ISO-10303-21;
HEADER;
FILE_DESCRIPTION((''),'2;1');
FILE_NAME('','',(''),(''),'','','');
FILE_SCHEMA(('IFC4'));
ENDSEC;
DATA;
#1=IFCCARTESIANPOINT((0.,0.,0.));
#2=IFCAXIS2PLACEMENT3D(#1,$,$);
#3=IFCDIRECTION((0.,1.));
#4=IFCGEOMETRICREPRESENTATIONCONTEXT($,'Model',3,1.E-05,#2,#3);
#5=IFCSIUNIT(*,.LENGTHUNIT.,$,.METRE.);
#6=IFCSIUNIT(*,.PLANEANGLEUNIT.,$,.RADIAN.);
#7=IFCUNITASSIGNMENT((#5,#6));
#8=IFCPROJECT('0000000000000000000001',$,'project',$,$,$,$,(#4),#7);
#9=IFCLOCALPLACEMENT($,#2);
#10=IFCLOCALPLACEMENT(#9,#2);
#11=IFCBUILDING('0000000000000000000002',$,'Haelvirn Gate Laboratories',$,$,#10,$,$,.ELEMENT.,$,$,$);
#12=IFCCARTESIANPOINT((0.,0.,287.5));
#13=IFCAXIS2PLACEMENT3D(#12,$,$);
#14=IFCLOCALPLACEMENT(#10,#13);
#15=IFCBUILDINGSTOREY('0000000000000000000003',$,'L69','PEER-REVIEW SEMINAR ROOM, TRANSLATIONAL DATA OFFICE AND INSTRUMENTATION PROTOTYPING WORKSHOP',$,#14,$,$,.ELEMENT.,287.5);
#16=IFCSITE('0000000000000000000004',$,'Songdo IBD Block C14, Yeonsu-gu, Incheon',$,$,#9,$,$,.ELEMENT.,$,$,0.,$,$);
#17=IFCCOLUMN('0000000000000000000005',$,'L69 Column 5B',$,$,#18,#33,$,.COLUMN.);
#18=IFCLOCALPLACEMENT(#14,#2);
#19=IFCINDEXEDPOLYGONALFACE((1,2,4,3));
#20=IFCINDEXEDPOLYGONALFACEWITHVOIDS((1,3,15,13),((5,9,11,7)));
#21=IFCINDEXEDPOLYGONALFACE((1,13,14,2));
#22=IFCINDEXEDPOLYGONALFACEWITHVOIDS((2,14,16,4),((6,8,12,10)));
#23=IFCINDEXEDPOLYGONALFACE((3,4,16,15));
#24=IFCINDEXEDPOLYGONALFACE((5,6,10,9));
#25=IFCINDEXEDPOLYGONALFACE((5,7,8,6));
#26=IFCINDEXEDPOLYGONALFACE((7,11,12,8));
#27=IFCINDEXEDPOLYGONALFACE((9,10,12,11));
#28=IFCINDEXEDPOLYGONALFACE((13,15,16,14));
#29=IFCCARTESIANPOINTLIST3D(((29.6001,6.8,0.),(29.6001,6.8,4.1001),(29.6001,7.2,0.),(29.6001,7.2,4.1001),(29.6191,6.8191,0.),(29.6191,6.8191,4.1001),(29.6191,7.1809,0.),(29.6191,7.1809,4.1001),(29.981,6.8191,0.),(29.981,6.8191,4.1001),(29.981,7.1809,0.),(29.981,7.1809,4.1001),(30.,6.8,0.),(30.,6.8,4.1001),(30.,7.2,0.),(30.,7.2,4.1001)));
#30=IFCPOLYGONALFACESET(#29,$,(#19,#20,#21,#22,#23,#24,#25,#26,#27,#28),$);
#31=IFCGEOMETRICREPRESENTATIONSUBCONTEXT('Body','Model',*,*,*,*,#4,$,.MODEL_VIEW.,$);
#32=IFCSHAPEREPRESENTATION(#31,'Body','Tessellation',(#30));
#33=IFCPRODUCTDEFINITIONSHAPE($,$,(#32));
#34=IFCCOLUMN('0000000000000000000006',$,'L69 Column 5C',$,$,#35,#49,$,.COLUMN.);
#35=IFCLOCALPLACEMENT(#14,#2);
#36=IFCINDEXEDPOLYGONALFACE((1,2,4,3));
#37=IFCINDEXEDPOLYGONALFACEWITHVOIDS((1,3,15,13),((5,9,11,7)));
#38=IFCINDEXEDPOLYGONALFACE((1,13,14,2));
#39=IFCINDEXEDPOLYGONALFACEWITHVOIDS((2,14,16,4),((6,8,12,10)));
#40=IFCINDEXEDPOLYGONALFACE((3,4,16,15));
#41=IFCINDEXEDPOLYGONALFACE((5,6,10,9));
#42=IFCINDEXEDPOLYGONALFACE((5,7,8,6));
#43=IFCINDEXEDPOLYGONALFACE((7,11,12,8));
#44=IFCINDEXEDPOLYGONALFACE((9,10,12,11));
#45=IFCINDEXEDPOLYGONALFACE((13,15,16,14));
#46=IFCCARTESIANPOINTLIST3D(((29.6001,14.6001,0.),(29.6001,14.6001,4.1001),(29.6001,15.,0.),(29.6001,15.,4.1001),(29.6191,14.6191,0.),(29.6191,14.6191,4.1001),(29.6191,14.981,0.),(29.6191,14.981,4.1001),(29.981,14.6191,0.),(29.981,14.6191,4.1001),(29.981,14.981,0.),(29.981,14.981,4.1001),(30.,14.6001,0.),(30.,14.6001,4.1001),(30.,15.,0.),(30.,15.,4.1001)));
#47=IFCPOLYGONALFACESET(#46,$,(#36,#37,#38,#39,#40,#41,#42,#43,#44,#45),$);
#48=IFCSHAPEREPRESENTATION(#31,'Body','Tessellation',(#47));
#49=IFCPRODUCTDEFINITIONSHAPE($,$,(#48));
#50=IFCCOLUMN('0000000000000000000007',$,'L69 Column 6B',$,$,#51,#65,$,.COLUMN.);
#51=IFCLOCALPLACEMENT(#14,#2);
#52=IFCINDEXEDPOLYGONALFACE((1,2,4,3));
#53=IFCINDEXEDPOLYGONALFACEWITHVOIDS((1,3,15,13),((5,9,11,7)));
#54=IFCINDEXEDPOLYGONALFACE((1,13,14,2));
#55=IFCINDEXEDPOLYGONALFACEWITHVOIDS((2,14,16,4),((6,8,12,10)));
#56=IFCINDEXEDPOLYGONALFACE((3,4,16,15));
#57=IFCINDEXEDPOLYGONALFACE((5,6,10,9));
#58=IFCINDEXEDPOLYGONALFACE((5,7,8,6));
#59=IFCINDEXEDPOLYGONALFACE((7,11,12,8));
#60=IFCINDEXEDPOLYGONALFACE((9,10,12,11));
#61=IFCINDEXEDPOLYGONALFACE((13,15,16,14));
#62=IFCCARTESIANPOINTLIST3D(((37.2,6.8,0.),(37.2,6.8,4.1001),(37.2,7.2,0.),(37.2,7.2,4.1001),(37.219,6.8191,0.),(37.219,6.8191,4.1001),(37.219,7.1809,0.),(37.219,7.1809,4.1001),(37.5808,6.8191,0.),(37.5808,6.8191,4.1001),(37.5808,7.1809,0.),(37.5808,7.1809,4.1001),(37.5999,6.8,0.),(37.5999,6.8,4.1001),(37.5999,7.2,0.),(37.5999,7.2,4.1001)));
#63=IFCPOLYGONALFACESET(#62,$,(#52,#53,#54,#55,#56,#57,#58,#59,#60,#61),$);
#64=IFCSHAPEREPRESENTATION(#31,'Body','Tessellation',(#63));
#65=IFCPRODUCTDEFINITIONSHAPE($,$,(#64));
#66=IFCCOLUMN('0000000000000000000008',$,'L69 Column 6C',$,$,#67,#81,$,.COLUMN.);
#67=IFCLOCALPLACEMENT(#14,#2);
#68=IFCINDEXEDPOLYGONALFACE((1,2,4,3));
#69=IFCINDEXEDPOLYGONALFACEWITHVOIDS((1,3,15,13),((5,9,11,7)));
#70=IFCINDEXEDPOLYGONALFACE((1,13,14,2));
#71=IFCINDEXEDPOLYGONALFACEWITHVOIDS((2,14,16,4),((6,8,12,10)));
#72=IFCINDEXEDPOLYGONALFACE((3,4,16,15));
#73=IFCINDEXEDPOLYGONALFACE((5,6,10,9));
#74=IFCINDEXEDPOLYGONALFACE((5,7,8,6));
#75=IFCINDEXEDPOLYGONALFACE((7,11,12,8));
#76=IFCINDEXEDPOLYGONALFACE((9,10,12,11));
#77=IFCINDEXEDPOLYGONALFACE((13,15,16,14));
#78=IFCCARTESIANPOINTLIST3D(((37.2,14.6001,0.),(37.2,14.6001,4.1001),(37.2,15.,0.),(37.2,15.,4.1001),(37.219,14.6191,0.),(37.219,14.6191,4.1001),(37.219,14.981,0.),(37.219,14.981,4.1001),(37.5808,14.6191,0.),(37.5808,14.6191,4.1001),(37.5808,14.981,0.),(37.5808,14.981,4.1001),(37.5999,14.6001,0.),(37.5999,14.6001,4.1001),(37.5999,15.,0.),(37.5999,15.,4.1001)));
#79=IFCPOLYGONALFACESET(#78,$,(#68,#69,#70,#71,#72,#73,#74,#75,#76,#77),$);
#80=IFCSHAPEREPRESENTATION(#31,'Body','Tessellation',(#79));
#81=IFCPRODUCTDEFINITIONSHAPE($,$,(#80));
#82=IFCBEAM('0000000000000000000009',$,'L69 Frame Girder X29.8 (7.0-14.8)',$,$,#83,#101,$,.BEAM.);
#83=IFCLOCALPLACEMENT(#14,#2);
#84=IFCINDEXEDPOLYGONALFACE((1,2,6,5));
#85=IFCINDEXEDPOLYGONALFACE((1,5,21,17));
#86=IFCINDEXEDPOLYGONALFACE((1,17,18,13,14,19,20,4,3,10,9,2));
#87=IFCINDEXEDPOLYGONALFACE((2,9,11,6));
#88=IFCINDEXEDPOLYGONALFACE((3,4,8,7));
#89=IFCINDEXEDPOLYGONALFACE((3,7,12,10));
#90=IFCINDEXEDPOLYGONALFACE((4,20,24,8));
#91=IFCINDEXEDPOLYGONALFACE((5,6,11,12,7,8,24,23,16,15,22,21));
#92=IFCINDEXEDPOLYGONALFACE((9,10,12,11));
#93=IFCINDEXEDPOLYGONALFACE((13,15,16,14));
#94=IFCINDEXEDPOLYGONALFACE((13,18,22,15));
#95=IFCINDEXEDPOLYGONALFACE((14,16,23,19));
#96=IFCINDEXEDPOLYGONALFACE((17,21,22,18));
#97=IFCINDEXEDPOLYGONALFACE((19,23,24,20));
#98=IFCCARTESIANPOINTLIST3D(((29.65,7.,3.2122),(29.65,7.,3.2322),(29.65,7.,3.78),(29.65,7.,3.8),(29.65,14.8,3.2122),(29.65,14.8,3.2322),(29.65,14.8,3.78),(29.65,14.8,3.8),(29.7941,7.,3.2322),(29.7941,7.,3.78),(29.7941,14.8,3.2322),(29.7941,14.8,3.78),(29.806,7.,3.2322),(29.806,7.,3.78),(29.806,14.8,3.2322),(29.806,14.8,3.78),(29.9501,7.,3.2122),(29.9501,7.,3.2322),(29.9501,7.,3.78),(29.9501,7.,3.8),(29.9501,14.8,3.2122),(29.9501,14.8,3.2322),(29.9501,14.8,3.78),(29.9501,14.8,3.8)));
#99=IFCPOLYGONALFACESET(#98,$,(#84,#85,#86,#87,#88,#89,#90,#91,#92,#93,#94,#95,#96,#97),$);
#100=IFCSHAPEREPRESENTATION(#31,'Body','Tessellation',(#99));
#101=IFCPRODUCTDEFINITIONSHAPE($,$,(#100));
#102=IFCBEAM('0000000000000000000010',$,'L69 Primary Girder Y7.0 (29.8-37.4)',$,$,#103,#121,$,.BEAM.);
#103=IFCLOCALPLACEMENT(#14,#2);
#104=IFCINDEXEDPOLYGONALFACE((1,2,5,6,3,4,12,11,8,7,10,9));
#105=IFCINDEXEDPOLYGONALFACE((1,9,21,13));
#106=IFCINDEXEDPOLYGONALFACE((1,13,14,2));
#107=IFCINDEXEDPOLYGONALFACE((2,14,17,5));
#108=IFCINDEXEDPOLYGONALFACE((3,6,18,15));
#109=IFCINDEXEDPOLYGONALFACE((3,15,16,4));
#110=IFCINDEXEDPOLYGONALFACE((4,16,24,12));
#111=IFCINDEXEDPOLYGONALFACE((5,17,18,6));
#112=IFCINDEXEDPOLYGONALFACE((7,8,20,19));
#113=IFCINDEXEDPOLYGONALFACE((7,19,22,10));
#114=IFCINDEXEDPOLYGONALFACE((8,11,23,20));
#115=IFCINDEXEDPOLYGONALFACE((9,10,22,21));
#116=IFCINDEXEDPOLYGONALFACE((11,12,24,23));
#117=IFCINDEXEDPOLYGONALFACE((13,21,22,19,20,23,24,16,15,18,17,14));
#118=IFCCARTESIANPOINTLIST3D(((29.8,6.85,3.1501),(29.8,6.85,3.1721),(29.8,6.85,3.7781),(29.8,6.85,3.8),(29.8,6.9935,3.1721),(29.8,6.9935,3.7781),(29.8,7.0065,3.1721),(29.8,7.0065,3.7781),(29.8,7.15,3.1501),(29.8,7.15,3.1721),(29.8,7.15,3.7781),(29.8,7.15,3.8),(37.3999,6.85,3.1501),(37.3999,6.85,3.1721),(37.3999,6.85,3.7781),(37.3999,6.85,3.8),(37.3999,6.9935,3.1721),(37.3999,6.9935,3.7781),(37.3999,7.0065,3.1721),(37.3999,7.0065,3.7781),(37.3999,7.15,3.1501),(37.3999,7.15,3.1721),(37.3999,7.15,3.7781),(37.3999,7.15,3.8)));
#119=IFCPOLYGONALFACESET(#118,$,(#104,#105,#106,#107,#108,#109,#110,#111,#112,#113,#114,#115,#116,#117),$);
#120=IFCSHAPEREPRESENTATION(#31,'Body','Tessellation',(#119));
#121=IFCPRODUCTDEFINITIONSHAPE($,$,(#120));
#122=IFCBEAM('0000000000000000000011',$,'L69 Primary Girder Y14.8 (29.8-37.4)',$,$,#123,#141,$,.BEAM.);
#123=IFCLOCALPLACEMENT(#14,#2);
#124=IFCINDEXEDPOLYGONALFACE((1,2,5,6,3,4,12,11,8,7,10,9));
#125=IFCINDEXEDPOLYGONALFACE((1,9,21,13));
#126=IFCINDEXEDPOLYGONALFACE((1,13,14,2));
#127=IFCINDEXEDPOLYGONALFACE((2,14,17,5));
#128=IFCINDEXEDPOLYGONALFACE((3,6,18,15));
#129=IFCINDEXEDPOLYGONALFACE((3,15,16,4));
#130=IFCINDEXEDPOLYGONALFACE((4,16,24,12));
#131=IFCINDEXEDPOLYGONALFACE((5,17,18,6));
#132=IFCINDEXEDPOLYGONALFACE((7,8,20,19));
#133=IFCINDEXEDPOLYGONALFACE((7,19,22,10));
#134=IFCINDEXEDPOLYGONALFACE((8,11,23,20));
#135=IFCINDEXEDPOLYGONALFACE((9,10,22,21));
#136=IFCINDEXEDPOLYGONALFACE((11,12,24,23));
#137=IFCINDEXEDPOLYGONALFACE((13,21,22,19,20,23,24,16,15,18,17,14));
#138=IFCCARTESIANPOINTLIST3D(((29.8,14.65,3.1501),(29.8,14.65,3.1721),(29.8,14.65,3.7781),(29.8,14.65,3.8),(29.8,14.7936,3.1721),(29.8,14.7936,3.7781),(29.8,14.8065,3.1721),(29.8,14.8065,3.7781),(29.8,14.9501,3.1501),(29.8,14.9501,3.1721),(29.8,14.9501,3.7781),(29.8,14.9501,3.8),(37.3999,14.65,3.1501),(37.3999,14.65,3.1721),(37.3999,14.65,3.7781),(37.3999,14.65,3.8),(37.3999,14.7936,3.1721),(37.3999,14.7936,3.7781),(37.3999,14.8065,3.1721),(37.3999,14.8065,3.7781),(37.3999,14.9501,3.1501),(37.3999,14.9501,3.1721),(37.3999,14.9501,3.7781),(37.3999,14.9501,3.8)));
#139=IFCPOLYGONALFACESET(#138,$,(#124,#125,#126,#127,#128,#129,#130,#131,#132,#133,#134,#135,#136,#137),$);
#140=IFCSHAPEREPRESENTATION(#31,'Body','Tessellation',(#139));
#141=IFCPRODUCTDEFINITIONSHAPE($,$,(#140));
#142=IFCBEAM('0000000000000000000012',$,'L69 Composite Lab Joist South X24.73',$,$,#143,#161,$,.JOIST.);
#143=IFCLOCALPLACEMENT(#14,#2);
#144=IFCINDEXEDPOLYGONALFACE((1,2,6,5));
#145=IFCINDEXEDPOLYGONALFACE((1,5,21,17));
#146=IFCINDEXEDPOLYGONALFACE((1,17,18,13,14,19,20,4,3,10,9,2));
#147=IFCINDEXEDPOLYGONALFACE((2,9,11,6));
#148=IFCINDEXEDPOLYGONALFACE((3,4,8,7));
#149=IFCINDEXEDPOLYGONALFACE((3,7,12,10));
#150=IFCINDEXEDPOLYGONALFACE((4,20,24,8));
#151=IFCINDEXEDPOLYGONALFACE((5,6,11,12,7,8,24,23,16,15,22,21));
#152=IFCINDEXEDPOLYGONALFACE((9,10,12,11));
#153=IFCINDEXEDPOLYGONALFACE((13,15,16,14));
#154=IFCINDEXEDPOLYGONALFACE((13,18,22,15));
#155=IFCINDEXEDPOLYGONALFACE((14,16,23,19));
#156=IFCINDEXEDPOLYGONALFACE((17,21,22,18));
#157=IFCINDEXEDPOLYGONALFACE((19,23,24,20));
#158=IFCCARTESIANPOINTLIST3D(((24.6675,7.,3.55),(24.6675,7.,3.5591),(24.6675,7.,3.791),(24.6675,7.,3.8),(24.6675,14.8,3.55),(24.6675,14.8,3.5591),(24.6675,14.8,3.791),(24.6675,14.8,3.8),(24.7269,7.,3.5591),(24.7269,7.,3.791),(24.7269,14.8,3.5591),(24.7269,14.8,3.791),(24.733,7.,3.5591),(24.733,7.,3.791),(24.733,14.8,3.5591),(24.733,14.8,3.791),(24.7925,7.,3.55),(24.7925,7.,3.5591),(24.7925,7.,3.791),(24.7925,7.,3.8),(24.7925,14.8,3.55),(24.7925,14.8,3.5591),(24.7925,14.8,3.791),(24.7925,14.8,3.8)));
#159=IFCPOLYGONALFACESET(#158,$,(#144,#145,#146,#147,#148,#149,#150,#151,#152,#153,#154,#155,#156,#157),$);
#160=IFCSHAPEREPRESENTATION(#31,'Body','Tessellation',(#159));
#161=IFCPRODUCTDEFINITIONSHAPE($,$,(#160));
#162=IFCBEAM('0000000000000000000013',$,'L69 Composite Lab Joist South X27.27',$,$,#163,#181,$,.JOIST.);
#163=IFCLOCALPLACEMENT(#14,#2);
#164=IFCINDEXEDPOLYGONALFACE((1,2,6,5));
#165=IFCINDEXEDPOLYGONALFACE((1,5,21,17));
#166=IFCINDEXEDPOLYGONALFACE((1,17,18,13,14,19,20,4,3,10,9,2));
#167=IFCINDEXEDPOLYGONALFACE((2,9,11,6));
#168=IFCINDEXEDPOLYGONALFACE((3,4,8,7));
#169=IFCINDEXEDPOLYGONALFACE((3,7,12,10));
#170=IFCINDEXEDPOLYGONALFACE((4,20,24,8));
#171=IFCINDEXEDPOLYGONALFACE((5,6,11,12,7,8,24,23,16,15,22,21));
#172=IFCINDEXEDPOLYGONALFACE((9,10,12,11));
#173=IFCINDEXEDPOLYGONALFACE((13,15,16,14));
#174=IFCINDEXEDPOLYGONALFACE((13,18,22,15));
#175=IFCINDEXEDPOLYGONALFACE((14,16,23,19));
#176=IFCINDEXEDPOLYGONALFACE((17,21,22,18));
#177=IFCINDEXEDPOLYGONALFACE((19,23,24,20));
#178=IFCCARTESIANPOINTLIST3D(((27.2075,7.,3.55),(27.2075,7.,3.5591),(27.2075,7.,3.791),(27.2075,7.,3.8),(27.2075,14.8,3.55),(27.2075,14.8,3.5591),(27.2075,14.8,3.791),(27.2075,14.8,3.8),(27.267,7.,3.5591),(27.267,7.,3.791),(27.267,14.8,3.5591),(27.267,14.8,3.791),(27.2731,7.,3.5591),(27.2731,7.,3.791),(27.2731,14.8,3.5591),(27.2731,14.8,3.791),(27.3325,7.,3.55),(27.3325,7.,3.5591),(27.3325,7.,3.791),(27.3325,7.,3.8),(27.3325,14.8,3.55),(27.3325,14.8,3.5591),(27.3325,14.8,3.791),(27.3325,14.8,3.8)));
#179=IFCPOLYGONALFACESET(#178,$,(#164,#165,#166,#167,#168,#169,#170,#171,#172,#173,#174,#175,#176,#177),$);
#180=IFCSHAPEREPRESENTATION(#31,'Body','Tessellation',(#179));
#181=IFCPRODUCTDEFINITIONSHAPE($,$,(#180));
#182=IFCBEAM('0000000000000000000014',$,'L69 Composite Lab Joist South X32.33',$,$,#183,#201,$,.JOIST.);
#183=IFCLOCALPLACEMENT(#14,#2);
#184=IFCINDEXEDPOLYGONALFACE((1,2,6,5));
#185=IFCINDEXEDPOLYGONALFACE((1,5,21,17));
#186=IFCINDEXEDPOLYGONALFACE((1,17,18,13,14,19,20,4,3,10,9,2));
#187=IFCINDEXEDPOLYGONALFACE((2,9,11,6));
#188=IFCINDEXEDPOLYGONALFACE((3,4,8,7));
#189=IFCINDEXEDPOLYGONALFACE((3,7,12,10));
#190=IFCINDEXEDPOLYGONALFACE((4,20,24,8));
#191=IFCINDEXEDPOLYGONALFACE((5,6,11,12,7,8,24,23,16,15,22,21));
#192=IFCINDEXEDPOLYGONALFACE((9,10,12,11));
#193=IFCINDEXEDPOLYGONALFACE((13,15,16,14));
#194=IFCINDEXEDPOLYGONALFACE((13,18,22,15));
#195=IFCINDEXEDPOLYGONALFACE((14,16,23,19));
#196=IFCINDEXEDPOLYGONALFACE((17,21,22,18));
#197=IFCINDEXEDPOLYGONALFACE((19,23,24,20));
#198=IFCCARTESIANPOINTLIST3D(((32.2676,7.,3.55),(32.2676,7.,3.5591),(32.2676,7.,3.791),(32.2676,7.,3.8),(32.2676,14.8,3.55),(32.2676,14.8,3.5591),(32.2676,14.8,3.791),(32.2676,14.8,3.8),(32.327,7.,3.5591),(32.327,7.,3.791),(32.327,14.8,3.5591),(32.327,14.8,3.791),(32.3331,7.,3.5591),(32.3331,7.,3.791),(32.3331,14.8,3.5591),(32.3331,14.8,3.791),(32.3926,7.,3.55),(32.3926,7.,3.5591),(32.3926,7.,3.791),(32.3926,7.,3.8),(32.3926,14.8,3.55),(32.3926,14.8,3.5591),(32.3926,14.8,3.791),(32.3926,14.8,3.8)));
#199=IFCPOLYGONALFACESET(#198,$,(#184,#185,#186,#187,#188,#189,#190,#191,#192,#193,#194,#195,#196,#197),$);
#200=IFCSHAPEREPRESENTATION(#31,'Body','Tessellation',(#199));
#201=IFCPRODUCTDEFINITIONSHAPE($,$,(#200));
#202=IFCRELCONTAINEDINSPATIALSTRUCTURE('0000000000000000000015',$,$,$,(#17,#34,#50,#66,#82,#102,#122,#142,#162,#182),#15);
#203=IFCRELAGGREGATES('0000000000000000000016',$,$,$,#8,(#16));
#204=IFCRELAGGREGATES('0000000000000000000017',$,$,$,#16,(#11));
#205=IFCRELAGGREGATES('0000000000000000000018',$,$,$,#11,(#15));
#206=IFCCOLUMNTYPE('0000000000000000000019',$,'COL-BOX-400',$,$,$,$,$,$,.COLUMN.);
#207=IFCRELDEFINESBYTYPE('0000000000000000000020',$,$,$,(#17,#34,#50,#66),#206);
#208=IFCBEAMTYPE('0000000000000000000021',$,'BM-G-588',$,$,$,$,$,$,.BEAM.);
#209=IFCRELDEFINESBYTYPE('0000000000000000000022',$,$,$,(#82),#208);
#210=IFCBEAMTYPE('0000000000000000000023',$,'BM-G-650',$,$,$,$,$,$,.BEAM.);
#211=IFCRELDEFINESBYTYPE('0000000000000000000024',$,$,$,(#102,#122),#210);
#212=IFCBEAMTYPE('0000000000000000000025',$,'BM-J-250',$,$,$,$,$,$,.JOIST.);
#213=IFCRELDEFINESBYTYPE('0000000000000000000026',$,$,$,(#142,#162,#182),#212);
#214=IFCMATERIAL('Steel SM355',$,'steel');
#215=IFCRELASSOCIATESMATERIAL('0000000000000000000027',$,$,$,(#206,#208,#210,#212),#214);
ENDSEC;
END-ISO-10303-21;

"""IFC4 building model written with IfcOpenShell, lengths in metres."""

from ifc_helpers import new_model, si_unit, direction, frame, origin, origin_2d, place, context, subcontext, project, spatial, hollow_rectangle, i_section, extrude, source, transform, mapped, material, material_profile, profile_set, type_object, type_shapes, element, save


model = new_model("IFC4")

# Units and contexts
model_context = context("Model", 3, precision=1e-05, world=origin(), true_north=direction((0.0, 1.0)))
body_context = subcontext(model_context, "Body", "Model", "MODEL_VIEW")
ifc_project = project(units=[si_unit("LENGTHUNIT", "METRE"), si_unit("PLANEANGLEUNIT", "RADIAN")], contexts=[model_context])

# Site, building, storey
site_placement = place(None, origin())
site = spatial("IfcSite", under=ifc_project, at=site_placement, Name="Songdo IBD Block C14, Yeonsu-gu, Incheon", CompositionType="ELEMENT", RefElevation=0.0)
building_placement = place(site_placement, origin())
building = spatial("IfcBuilding", under=site, at=building_placement, Name="Haelvirn Gate Laboratories", CompositionType="ELEMENT")
storey_placement = place(building_placement, frame((0.0, 0.0, 287.5)))
storey = spatial("IfcBuildingStorey", under=building, at=storey_placement, Name="L69", Description="PEER-REVIEW SEMINAR ROOM, TRANSLATIONAL DATA OFFICE AND INSTRUMENTATION PROTOTYPING WORKSHOP", CompositionType="ELEMENT", Elevation=287.5)

# Columns
ifc_material_1 = material(Name="Steel SM355", Category="steel")
ifc_material_profile_1 = material_profile(ifc_material_1, hollow_rectangle(XDim=0.3999, YDim=0.3999, WallThickness=0.019, at=origin_2d()), Name="BOX-400x400x19")
ifc_profile_set_1 = profile_set([ifc_material_profile_1], Name="Steel SM355")
column_type = type_object("IfcColumnType", Name="COL-BOX-400", PredefinedType="COLUMN", material=ifc_profile_set_1)
shared_shape_1 = source(origin(), body_context, "Body", "SweptSolid", [
    extrude(hollow_rectangle(XDim=0.3999, YDim=0.3999, WallThickness=0.019, at=origin_2d()), origin(), (0.0, 0.0, 1.0), 4.1001),
])
type_shapes(column_type, [shared_shape_1])
for number, where, z_axis, x_axis, name in (
    (1, (29.8, 7.0, 0.0), (0.0, 0.0, 1.0), (1.0, 0.0, 0.0), "L69 Column 5B"),
    (2, (29.8, 14.8, 0.0), (0.0, 0.0, 1.0), (1.0, 0.0, 0.0), "L69 Column 5C"),
    (3, (37.3999, 7.0, 0.0), (0.0, 0.0, 1.0), (1.0, 0.0, 0.0), "L69 Column 6B"),
    (4, (37.3999, 14.8, 0.0), (0.0, 0.0, 1.0), (1.0, 0.0, 0.0), "L69 Column 6C"),
):
    element("IfcColumn", number, at=place(storey_placement, frame(where, z_axis=z_axis, x_axis=x_axis)), inside=storey, type_object=column_type, Name=name, PredefinedType="COLUMN", context=body_context, shape_type="MappedRepresentation", body=[
        mapped(shared_shape_1, transform((0.0, 0.0, 0.0), scale=1.0)),
    ])

# Beams
ifc_material_profile_2 = material_profile(ifc_material_1, i_section(OverallWidth=0.3, OverallDepth=0.5879, WebThickness=0.012, FlangeThickness=0.02, at=origin_2d()), Name="H-588x300x12x20")
ifc_profile_set_2 = profile_set([ifc_material_profile_2], Name="Steel SM355")
beam_type_1 = type_object("IfcBeamType", Name="BM-G-588", PredefinedType="BEAM", material=ifc_profile_set_2)
shared_shape_2 = source(origin(), body_context, "Body", "SweptSolid", [
    extrude(i_section(OverallWidth=0.3, OverallDepth=0.5879, WebThickness=0.012, FlangeThickness=0.02, at=origin_2d()), origin(), (0.0, 0.0, 1.0), 7.8),
])
type_shapes(beam_type_1, [shared_shape_2])
beam_placement = place(storey_placement, frame((29.8, 7.0, 3.5061), z_axis=(0.0, 1.0, 0.0), x_axis=(-1.0, 0.0, 0.0)))
element("IfcBeam", 5, at=beam_placement, inside=storey, type_object=beam_type_1, Name="L69 Frame Girder X29.8 (7.0-14.8)", PredefinedType="BEAM", context=body_context, shape_type="MappedRepresentation", body=[
    mapped(shared_shape_2, transform((0.0, 0.0, 0.0), scale=1.0)),
])
ifc_material_profile_3 = material_profile(ifc_material_1, i_section(OverallWidth=0.3, OverallDepth=0.6499, WebThickness=0.0129, FlangeThickness=0.022, at=origin_2d()), Name="H-650x300x13x22")
ifc_profile_set_3 = profile_set([ifc_material_profile_3], Name="Steel SM355")
beam_type_2 = type_object("IfcBeamType", Name="BM-G-650", PredefinedType="BEAM", material=ifc_profile_set_3)
shared_shape_3 = source(origin(), body_context, "Body", "SweptSolid", [
    extrude(i_section(OverallWidth=0.3, OverallDepth=0.6499, WebThickness=0.0129, FlangeThickness=0.022, at=origin_2d()), origin(), (0.0, 0.0, 1.0), 7.5999),
])
type_shapes(beam_type_2, [shared_shape_3])
for number, where, z_axis, x_axis, name in (
    (6, (29.8, 7.0, 3.4751), (1.0, 0.0, 0.0), (0.0, 1.0, 0.0), "L69 Primary Girder Y7.0 (29.8-37.4)"),
    (7, (29.8, 14.8, 3.4751), (1.0, 0.0, 0.0), (0.0, 1.0, 0.0), "L69 Primary Girder Y14.8 (29.8-37.4)"),
):
    element("IfcBeam", number, at=place(storey_placement, frame(where, z_axis=z_axis, x_axis=x_axis)), inside=storey, type_object=beam_type_2, Name=name, PredefinedType="BEAM", context=body_context, shape_type="MappedRepresentation", body=[
        mapped(shared_shape_3, transform((0.0, 0.0, 0.0), scale=1.0)),
    ])
ifc_material_profile_4 = material_profile(ifc_material_1, i_section(OverallWidth=0.125, OverallDepth=0.25, WebThickness=0.0061, FlangeThickness=0.009, at=origin_2d()), Name="H-250x125x6x9")
ifc_profile_set_4 = profile_set([ifc_material_profile_4], Name="Steel SM355")
beam_type_3 = type_object("IfcBeamType", Name="BM-J-250", PredefinedType="JOIST", material=ifc_profile_set_4)
shared_shape_4 = source(origin(), body_context, "Body", "SweptSolid", [
    extrude(i_section(OverallWidth=0.125, OverallDepth=0.25, WebThickness=0.0061, FlangeThickness=0.009, at=origin_2d()), origin(), (0.0, 0.0, 1.0), 7.8),
])
type_shapes(beam_type_3, [shared_shape_4])
for number, where, z_axis, x_axis, name in (
    (8, (24.73, 7.0, 3.675), (0.0, 1.0, 0.0), (-1.0, 0.0, 0.0), "L69 Composite Lab Joist South X24.73"),
    (9, (27.27, 7.0, 3.675), (0.0, 1.0, 0.0), (-1.0, 0.0, 0.0), "L69 Composite Lab Joist South X27.27"),
    (10, (32.3301, 7.0, 3.675), (0.0, 1.0, 0.0), (-1.0, 0.0, 0.0), "L69 Composite Lab Joist South X32.33"),
):
    element("IfcBeam", number, at=place(storey_placement, frame(where, z_axis=z_axis, x_axis=x_axis)), inside=storey, type_object=beam_type_3, Name=name, PredefinedType="JOIST", context=body_context, shape_type="MappedRepresentation", body=[
        mapped(shared_shape_4, transform((0.0, 0.0, 0.0), scale=1.0)),
    ])

save(model, "model.ifc")
